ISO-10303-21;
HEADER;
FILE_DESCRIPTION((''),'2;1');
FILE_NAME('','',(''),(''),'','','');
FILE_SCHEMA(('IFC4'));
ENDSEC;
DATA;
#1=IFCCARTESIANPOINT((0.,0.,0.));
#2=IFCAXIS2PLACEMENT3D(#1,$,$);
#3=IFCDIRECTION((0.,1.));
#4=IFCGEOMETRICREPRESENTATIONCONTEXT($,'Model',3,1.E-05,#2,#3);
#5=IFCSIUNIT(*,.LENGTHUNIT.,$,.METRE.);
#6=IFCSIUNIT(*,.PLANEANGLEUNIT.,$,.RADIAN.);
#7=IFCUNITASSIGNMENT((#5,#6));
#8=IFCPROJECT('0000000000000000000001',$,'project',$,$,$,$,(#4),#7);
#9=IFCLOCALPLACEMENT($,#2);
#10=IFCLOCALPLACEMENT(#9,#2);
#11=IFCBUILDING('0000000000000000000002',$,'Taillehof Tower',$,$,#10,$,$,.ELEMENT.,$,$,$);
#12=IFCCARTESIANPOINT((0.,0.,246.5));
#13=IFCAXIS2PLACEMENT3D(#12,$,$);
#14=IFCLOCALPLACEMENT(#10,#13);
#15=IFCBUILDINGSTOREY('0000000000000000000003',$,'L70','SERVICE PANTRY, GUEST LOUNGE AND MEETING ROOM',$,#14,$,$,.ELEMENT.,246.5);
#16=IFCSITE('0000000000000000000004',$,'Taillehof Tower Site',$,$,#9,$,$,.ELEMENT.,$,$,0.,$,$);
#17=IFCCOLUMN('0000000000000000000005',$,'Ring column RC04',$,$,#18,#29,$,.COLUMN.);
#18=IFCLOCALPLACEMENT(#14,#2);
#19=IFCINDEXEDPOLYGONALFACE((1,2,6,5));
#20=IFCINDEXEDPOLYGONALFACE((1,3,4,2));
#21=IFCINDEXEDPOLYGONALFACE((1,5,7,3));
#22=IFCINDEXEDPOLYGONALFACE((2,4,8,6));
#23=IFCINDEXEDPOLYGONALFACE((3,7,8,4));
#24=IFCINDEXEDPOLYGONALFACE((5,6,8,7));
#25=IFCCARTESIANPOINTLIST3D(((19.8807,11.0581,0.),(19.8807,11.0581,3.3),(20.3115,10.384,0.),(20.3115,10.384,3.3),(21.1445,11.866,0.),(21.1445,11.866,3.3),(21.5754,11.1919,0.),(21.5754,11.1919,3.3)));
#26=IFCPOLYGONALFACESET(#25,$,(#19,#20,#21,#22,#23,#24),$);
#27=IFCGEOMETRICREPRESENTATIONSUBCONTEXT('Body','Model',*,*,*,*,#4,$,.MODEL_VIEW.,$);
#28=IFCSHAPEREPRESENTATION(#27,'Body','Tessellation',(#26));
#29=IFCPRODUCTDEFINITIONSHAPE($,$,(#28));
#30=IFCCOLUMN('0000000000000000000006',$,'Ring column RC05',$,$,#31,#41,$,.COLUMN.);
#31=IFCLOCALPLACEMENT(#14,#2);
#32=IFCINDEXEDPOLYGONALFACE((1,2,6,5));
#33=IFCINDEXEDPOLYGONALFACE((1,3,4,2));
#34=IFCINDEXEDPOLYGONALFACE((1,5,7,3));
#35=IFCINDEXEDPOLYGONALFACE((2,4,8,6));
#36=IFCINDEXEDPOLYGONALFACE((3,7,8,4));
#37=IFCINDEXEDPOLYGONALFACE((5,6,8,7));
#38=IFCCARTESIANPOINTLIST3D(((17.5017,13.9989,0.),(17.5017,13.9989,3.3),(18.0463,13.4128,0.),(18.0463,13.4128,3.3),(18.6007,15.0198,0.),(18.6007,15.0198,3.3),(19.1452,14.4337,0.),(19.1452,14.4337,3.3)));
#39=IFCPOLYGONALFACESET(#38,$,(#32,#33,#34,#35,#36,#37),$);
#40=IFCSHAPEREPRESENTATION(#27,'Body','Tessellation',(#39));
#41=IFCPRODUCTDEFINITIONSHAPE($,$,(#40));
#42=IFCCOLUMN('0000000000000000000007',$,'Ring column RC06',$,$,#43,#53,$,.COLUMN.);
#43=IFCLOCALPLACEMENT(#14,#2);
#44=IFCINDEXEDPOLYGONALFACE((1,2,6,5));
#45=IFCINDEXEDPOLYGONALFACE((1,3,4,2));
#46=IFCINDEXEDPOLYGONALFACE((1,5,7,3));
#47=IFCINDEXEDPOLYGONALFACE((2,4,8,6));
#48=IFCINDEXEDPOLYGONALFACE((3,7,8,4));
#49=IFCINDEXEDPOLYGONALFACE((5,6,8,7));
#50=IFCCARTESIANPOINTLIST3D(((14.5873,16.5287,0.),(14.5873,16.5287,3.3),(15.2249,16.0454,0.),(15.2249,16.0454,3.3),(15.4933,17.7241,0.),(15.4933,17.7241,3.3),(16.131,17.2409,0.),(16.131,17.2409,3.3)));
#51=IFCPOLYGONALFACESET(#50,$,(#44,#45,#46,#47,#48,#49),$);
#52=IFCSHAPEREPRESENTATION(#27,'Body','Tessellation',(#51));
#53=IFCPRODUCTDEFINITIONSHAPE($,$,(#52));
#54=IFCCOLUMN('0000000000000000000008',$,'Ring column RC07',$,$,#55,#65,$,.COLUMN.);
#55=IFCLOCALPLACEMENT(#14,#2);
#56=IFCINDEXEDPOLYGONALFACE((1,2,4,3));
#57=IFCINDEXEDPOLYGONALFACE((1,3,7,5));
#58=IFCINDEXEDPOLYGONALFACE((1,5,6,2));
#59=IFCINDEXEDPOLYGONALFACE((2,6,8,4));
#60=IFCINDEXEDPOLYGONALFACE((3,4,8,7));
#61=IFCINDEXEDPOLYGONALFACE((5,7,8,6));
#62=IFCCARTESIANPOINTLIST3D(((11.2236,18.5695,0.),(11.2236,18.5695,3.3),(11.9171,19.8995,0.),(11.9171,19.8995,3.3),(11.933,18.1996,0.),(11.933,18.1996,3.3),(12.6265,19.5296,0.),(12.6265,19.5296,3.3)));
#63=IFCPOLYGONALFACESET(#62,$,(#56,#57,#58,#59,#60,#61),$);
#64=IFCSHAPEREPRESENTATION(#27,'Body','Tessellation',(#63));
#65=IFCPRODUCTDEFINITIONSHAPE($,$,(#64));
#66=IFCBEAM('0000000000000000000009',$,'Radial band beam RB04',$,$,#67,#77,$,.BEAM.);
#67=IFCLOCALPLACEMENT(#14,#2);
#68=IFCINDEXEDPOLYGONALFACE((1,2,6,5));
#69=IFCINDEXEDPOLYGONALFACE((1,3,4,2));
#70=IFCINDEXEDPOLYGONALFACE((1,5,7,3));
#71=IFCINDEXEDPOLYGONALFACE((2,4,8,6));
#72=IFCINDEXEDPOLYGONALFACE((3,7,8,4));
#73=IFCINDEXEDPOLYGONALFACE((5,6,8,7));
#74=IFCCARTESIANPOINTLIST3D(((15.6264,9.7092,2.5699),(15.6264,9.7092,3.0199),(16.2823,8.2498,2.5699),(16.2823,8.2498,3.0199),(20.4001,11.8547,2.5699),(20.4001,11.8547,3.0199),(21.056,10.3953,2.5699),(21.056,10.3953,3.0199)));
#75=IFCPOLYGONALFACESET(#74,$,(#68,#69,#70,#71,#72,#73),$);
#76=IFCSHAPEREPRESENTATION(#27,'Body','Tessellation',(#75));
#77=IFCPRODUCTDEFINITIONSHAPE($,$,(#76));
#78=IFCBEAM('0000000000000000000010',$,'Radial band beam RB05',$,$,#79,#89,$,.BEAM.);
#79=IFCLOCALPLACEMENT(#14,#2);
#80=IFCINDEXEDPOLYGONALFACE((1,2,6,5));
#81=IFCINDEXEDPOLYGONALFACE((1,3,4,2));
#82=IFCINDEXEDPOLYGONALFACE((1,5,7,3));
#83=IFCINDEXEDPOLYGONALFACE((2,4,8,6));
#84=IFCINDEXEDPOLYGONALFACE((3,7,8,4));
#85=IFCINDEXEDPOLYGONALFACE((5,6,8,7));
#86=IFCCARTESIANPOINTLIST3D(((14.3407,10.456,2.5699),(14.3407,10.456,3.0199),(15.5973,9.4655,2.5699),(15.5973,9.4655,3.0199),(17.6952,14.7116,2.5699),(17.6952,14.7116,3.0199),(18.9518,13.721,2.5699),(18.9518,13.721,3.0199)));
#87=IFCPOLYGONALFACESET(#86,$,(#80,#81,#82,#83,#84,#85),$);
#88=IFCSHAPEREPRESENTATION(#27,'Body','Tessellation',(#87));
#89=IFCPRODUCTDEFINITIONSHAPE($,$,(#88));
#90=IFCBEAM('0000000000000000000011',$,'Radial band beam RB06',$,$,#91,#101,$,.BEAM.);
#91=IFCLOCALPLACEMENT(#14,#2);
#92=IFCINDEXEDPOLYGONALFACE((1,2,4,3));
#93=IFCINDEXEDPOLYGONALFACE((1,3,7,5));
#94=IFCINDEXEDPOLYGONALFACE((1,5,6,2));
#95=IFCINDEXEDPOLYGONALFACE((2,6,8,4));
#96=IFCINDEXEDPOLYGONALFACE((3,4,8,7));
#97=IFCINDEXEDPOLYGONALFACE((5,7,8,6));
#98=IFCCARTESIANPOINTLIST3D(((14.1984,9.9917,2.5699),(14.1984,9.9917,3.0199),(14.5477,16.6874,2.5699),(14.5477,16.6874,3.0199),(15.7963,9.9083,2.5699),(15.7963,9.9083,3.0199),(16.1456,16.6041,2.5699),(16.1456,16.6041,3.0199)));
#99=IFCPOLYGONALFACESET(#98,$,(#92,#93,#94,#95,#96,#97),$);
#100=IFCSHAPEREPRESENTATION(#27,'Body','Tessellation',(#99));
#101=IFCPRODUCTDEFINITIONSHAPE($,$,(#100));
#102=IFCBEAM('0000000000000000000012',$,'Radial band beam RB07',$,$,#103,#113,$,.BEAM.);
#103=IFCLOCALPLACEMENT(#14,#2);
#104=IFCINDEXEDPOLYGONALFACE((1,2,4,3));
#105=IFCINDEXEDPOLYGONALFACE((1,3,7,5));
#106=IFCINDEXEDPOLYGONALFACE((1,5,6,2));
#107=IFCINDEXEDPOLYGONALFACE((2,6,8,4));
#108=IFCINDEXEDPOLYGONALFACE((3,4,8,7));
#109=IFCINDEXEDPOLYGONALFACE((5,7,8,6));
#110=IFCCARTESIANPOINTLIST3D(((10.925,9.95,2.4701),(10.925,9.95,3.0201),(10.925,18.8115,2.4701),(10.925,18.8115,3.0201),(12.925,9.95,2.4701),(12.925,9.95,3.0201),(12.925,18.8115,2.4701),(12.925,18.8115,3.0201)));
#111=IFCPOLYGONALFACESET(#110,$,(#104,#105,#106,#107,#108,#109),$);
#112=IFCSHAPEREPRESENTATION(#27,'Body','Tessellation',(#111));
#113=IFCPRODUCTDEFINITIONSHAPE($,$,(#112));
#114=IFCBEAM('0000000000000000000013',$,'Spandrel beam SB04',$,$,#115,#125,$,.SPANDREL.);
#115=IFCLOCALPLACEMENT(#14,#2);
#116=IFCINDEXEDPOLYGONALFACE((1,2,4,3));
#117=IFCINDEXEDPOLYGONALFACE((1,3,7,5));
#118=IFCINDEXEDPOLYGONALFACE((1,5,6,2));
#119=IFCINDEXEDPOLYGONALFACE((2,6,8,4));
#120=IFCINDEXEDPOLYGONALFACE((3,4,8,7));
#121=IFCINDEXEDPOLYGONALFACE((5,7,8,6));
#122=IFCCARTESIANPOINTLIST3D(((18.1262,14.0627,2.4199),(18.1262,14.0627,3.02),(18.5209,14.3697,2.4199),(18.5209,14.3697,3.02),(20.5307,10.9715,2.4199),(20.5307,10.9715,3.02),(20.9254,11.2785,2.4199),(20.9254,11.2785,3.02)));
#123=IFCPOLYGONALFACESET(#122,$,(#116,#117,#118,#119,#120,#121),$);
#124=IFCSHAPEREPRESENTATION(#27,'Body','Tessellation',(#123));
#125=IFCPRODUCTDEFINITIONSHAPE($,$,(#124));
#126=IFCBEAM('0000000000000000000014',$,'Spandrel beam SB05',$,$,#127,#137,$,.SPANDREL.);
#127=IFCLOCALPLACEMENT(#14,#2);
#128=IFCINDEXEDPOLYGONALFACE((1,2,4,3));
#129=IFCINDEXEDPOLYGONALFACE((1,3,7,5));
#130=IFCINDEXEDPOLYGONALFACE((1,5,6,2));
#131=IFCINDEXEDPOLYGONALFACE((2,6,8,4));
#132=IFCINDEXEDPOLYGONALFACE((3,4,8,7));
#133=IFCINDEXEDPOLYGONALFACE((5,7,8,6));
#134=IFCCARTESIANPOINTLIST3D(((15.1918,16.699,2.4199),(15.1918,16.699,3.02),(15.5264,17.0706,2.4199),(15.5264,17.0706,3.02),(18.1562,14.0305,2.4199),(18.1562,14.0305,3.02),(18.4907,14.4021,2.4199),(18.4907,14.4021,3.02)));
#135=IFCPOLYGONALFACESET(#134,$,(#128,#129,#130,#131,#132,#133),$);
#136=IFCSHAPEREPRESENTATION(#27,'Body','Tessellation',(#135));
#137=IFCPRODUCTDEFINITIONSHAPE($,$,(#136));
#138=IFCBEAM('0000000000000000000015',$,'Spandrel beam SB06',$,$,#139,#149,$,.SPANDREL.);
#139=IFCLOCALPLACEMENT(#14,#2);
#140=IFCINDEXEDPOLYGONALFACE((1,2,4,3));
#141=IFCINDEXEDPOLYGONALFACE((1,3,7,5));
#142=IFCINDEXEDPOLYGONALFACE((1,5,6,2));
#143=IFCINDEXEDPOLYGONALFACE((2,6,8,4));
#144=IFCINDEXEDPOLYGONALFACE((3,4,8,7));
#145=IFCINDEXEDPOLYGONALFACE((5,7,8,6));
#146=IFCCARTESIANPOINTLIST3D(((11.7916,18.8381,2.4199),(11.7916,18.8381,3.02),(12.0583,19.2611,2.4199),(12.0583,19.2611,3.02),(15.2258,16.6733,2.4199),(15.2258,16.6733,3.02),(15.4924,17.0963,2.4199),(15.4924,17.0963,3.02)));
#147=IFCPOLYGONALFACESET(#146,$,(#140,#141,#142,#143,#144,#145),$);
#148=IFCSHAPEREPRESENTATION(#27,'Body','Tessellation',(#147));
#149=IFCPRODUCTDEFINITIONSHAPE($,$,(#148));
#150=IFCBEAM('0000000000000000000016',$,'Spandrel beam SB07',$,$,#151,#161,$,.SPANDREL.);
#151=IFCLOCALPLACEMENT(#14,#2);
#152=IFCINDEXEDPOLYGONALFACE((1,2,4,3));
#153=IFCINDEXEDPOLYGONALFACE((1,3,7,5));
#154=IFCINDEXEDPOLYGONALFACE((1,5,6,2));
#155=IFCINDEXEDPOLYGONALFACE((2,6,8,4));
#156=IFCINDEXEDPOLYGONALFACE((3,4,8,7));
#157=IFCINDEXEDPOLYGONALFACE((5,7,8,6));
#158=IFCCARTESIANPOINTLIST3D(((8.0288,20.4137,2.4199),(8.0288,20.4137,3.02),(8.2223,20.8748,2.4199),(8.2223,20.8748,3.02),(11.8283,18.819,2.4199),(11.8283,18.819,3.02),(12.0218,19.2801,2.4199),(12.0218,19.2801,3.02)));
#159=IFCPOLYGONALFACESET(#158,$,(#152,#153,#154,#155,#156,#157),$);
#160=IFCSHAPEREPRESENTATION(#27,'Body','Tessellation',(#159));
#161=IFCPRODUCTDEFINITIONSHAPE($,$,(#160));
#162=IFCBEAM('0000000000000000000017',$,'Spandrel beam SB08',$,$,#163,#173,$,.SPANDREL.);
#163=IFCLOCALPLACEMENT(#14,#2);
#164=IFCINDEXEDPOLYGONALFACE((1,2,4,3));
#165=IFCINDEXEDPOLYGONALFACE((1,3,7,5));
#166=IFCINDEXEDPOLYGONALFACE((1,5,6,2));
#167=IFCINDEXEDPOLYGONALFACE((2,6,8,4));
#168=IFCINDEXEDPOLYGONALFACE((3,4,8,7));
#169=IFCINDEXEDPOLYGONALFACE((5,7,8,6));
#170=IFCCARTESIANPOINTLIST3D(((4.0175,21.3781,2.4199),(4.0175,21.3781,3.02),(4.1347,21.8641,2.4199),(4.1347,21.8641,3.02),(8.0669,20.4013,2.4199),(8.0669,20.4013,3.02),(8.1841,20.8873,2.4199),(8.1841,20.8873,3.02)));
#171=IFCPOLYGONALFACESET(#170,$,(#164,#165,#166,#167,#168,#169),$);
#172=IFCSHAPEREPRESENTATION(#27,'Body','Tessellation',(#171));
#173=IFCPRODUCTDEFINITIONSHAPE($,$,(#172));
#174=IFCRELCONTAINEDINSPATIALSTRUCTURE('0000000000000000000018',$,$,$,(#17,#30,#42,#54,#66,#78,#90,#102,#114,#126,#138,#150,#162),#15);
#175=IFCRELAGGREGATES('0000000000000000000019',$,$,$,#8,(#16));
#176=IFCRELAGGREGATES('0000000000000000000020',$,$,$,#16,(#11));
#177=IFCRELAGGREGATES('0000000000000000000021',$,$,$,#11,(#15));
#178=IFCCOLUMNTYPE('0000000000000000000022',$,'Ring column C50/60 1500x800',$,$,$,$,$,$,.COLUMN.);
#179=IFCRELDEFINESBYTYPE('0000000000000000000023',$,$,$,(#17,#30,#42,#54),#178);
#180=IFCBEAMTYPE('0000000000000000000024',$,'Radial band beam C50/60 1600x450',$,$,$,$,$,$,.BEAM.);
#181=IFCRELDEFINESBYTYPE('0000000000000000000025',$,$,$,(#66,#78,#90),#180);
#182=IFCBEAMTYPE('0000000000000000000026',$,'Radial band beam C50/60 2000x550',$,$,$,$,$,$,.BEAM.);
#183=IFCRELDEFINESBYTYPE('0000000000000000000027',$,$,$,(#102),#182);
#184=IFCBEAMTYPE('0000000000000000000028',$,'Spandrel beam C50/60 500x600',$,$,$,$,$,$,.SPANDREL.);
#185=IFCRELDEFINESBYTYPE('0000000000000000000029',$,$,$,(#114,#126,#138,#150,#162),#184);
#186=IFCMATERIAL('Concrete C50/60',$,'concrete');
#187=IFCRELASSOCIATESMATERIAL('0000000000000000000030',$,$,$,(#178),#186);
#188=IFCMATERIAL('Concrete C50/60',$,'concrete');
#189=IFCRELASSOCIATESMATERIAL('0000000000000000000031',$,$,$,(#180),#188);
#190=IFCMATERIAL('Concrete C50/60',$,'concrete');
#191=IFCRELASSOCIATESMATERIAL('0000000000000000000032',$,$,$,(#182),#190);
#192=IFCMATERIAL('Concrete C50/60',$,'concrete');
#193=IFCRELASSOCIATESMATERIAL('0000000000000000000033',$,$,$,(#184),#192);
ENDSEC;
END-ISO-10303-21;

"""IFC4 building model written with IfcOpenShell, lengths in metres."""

from ifc_helpers import new_model, si_unit, direction, frame, origin, origin_2d, place, context, subcontext, project, spatial, rectangle, extrude, material, material_profile, profile_set, type_object, element, save


model = new_model("IFC4")

# Units and contexts
model_context = context("Model", 3, precision=1e-05, world=origin(), true_north=direction((0.0, 1.0)))
body_context = subcontext(model_context, "Body", "Model", "MODEL_VIEW")
ifc_project = project(units=[si_unit("LENGTHUNIT", "METRE"), si_unit("PLANEANGLEUNIT", "RADIAN")], contexts=[model_context])

# Site, building, storey
site_placement = place(None, origin())
site = spatial("IfcSite", under=ifc_project, at=site_placement, Name="Taillehof Tower Site", CompositionType="ELEMENT", RefElevation=0.0)
building_placement = place(site_placement, origin())
building = spatial("IfcBuilding", under=site, at=building_placement, Name="Taillehof Tower", CompositionType="ELEMENT")
storey_placement = place(building_placement, frame((0.0, 0.0, 246.5)))
storey = spatial("IfcBuildingStorey", under=building, at=storey_placement, Name="L70", Description="SERVICE PANTRY, GUEST LOUNGE AND MEETING ROOM", CompositionType="ELEMENT", Elevation=246.5)

# Columns
ifc_material_1 = material(Name="Concrete C50/60", Category="concrete")
ifc_material_profile_1 = material_profile(ifc_material_1, rectangle(XDim=1.5, YDim=0.8, at=origin_2d()), Name="RC 1500x800")
ifc_profile_set_1 = profile_set([ifc_material_profile_1], Name="Concrete C50/60")
column_type = type_object("IfcColumnType", Name="Ring column C50/60 1500x800", PredefinedType="COLUMN", material=ifc_profile_set_1)
for number, where, z_axis, x_axis, name in (
    (1, (20.728, 11.125, 0.0), (0.0, 0.0, 1.0), (0.842574, 0.538581, 0.0), "Ring column RC04"),
    (2, (18.3235, 14.2163, 0.0), (0.0, 0.0, 1.0), (0.732636, 0.680621, 0.0), "Ring column RC05"),
    (3, (15.3591, 16.8848, 0.0), (0.0, 0.0, 1.0), (0.60402, 0.796969, 0.0), "Ring column RC06"),
    (4, (11.925, 19.0496, 0.0), (0.0, 0.0, 1.0), (0.462384, 0.88668, 0.0), "Ring column RC07"),
):
    element("IfcColumn", number, at=place(storey_placement, frame(where, z_axis=z_axis, x_axis=x_axis)), inside=storey, type_object=column_type, Name=name, PredefinedType="COLUMN", context=body_context, shape_type="SweptSolid", body=[
        extrude(rectangle(XDim=1.5, YDim=0.8, at=origin_2d()), origin(), (0.0, 0.0, 1.0), 3.3),
    ])

# Beams
ifc_material_2 = material(Name="Concrete C50/60", Category="concrete")
ifc_material_profile_2 = material_profile(ifc_material_2, rectangle(XDim=1.6001, YDim=0.45, at=origin_2d()), Name="RC 1600x450")
ifc_profile_set_2 = profile_set([ifc_material_profile_2], Name="Concrete C50/60")
beam_type_1 = type_object("IfcBeamType", Name="Radial band beam C50/60 1600x450", PredefinedType="BEAM", material=ifc_profile_set_2)
beam_1_placement = place(storey_placement, frame((20.728, 11.125, 2.7949), z_axis=(-0.912111, -0.409944, 0.0), x_axis=(0.409944, -0.912111, 0.0)))
element("IfcBeam", 5, at=beam_1_placement, inside=storey, type_object=beam_type_1, Name="Radial band beam RB04", PredefinedType="BEAM", context=body_context, shape_type="SweptSolid", body=[
    extrude(rectangle(XDim=1.6001, YDim=0.45, at=origin_2d()), origin(), (0.0, 0.0, 1.0), 5.2336),
])
beam_2_placement = place(storey_placement, frame((18.3235, 14.2163, 2.7949), z_axis=(-0.619052, -0.78535, 0.0), x_axis=(0.78535, -0.619052, 0.0)))
element("IfcBeam", 6, at=beam_2_placement, inside=storey, type_object=beam_type_1, Name="Radial band beam RB05", PredefinedType="BEAM", context=body_context, shape_type="SweptSolid", body=[
    extrude(rectangle(XDim=1.6001, YDim=0.45, at=origin_2d()), origin(), (0.0, 0.0, 1.0), 5.4187),
])
beam_3_placement = place(storey_placement, frame((15.3467, 16.6458, 2.7949), z_axis=(-0.052106, -0.998642, 0.0), x_axis=(0.998642, -0.052106, 0.0)))
element("IfcBeam", 7, at=beam_3_placement, inside=storey, type_object=beam_type_1, Name="Radial band beam RB06", PredefinedType="BEAM", context=body_context, shape_type="SweptSolid", body=[
    extrude(rectangle(XDim=1.6001, YDim=0.45, at=origin_2d()), origin(), (0.0, 0.0, 1.0), 6.7048),
])
ifc_material_3 = material(Name="Concrete C50/60", Category="concrete")
ifc_material_profile_3 = material_profile(ifc_material_3, rectangle(XDim=2.0, YDim=0.55, at=origin_2d()), Name="RC 2000x550")
ifc_profile_set_3 = profile_set([ifc_material_profile_3], Name="Concrete C50/60")
beam_type_2 = type_object("IfcBeamType", Name="Radial band beam C50/60 2000x550", PredefinedType="BEAM", material=ifc_profile_set_3)
beam_4_placement = place(storey_placement, frame((11.925, 18.8115, 2.7451), z_axis=(0.0, -1.0, 0.0), x_axis=(1.0, 0.0, 0.0)))
element("IfcBeam", 8, at=beam_4_placement, inside=storey, type_object=beam_type_2, Name="Radial band beam RB07", PredefinedType="BEAM", context=body_context, shape_type="SweptSolid", body=[
    extrude(rectangle(XDim=2.0, YDim=0.55, at=origin_2d()), origin(), (0.0, 0.0, 1.0), 8.8616),
])
ifc_material_4 = material(Name="Concrete C50/60", Category="concrete")
ifc_material_profile_4 = material_profile(ifc_material_4, rectangle(XDim=0.5, YDim=0.6001, at=origin_2d()), Name="RC 500x600")
ifc_profile_set_4 = profile_set([ifc_material_profile_4], Name="Concrete C50/60")
beam_type_3 = type_object("IfcBeamType", Name="Spandrel beam C50/60 500x600", PredefinedType="SPANDREL", material=ifc_profile_set_4)
beam_5_placement = place(storey_placement, frame((20.728, 11.125, 2.72), z_axis=(-0.613971, 0.789329, 0.0), x_axis=(-0.789329, -0.613971, 0.0)))
element("IfcBeam", 9, at=beam_5_placement, inside=storey, type_object=beam_type_3, Name="Spandrel beam SB04", PredefinedType="SPANDREL", context=body_context, shape_type="SweptSolid", body=[
    extrude(rectangle(XDim=0.5, YDim=0.6001, at=origin_2d()), origin(), (0.0, 0.0, 1.0), 3.9163),
])
beam_6_placement = place(storey_placement, frame((18.3235, 14.2163, 2.72), z_axis=(-0.743227, 0.669039, 0.0), x_axis=(-0.669039, -0.743227, 0.0)))
element("IfcBeam", 10, at=beam_6_placement, inside=storey, type_object=beam_type_3, Name="Spandrel beam SB05", PredefinedType="SPANDREL", context=body_context, shape_type="SweptSolid", body=[
    extrude(rectangle(XDim=0.5, YDim=0.6001, at=origin_2d()), origin(), (0.0, 0.0, 1.0), 3.9885),
])
beam_7_placement = place(storey_placement, frame((15.3591, 16.8848, 2.72), z_axis=(-0.845944, 0.533271, 0.0), x_axis=(-0.533271, -0.845944, 0.0)))
element("IfcBeam", 11, at=beam_7_placement, inside=storey, type_object=beam_type_3, Name="Spandrel beam SB06", PredefinedType="SPANDREL", context=body_context, shape_type="SweptSolid", body=[
    extrude(rectangle(XDim=0.5, YDim=0.6001, at=origin_2d()), origin(), (0.0, 0.0, 1.0), 4.0596),
])
beam_8_placement = place(storey_placement, frame((11.925, 19.0496, 2.72), z_axis=(-0.922076, 0.387008, 0.0), x_axis=(-0.387008, -0.922076, 0.0)))
element("IfcBeam", 12, at=beam_8_placement, inside=storey, type_object=beam_type_3, Name="Spandrel beam SB07", PredefinedType="SPANDREL", context=body_context, shape_type="SweptSolid", body=[
    extrude(rectangle(XDim=0.5, YDim=0.6001, at=origin_2d()), origin(), (0.0, 0.0, 1.0), 4.1206),
])
beam_9_placement = place(storey_placement, frame((8.1255, 20.6443, 2.72), z_axis=(-0.972116, 0.234501, 0.0), x_axis=(-0.234501, -0.972116, 0.0)))
element("IfcBeam", 13, at=beam_9_placement, inside=storey, type_object=beam_type_3, Name="Spandrel beam SB08", PredefinedType="SPANDREL", context=body_context, shape_type="SweptSolid", body=[
    extrude(rectangle(XDim=0.5, YDim=0.6001, at=origin_2d()), origin(), (0.0, 0.0, 1.0), 4.1655),
])

save(model, "model.ifc")
